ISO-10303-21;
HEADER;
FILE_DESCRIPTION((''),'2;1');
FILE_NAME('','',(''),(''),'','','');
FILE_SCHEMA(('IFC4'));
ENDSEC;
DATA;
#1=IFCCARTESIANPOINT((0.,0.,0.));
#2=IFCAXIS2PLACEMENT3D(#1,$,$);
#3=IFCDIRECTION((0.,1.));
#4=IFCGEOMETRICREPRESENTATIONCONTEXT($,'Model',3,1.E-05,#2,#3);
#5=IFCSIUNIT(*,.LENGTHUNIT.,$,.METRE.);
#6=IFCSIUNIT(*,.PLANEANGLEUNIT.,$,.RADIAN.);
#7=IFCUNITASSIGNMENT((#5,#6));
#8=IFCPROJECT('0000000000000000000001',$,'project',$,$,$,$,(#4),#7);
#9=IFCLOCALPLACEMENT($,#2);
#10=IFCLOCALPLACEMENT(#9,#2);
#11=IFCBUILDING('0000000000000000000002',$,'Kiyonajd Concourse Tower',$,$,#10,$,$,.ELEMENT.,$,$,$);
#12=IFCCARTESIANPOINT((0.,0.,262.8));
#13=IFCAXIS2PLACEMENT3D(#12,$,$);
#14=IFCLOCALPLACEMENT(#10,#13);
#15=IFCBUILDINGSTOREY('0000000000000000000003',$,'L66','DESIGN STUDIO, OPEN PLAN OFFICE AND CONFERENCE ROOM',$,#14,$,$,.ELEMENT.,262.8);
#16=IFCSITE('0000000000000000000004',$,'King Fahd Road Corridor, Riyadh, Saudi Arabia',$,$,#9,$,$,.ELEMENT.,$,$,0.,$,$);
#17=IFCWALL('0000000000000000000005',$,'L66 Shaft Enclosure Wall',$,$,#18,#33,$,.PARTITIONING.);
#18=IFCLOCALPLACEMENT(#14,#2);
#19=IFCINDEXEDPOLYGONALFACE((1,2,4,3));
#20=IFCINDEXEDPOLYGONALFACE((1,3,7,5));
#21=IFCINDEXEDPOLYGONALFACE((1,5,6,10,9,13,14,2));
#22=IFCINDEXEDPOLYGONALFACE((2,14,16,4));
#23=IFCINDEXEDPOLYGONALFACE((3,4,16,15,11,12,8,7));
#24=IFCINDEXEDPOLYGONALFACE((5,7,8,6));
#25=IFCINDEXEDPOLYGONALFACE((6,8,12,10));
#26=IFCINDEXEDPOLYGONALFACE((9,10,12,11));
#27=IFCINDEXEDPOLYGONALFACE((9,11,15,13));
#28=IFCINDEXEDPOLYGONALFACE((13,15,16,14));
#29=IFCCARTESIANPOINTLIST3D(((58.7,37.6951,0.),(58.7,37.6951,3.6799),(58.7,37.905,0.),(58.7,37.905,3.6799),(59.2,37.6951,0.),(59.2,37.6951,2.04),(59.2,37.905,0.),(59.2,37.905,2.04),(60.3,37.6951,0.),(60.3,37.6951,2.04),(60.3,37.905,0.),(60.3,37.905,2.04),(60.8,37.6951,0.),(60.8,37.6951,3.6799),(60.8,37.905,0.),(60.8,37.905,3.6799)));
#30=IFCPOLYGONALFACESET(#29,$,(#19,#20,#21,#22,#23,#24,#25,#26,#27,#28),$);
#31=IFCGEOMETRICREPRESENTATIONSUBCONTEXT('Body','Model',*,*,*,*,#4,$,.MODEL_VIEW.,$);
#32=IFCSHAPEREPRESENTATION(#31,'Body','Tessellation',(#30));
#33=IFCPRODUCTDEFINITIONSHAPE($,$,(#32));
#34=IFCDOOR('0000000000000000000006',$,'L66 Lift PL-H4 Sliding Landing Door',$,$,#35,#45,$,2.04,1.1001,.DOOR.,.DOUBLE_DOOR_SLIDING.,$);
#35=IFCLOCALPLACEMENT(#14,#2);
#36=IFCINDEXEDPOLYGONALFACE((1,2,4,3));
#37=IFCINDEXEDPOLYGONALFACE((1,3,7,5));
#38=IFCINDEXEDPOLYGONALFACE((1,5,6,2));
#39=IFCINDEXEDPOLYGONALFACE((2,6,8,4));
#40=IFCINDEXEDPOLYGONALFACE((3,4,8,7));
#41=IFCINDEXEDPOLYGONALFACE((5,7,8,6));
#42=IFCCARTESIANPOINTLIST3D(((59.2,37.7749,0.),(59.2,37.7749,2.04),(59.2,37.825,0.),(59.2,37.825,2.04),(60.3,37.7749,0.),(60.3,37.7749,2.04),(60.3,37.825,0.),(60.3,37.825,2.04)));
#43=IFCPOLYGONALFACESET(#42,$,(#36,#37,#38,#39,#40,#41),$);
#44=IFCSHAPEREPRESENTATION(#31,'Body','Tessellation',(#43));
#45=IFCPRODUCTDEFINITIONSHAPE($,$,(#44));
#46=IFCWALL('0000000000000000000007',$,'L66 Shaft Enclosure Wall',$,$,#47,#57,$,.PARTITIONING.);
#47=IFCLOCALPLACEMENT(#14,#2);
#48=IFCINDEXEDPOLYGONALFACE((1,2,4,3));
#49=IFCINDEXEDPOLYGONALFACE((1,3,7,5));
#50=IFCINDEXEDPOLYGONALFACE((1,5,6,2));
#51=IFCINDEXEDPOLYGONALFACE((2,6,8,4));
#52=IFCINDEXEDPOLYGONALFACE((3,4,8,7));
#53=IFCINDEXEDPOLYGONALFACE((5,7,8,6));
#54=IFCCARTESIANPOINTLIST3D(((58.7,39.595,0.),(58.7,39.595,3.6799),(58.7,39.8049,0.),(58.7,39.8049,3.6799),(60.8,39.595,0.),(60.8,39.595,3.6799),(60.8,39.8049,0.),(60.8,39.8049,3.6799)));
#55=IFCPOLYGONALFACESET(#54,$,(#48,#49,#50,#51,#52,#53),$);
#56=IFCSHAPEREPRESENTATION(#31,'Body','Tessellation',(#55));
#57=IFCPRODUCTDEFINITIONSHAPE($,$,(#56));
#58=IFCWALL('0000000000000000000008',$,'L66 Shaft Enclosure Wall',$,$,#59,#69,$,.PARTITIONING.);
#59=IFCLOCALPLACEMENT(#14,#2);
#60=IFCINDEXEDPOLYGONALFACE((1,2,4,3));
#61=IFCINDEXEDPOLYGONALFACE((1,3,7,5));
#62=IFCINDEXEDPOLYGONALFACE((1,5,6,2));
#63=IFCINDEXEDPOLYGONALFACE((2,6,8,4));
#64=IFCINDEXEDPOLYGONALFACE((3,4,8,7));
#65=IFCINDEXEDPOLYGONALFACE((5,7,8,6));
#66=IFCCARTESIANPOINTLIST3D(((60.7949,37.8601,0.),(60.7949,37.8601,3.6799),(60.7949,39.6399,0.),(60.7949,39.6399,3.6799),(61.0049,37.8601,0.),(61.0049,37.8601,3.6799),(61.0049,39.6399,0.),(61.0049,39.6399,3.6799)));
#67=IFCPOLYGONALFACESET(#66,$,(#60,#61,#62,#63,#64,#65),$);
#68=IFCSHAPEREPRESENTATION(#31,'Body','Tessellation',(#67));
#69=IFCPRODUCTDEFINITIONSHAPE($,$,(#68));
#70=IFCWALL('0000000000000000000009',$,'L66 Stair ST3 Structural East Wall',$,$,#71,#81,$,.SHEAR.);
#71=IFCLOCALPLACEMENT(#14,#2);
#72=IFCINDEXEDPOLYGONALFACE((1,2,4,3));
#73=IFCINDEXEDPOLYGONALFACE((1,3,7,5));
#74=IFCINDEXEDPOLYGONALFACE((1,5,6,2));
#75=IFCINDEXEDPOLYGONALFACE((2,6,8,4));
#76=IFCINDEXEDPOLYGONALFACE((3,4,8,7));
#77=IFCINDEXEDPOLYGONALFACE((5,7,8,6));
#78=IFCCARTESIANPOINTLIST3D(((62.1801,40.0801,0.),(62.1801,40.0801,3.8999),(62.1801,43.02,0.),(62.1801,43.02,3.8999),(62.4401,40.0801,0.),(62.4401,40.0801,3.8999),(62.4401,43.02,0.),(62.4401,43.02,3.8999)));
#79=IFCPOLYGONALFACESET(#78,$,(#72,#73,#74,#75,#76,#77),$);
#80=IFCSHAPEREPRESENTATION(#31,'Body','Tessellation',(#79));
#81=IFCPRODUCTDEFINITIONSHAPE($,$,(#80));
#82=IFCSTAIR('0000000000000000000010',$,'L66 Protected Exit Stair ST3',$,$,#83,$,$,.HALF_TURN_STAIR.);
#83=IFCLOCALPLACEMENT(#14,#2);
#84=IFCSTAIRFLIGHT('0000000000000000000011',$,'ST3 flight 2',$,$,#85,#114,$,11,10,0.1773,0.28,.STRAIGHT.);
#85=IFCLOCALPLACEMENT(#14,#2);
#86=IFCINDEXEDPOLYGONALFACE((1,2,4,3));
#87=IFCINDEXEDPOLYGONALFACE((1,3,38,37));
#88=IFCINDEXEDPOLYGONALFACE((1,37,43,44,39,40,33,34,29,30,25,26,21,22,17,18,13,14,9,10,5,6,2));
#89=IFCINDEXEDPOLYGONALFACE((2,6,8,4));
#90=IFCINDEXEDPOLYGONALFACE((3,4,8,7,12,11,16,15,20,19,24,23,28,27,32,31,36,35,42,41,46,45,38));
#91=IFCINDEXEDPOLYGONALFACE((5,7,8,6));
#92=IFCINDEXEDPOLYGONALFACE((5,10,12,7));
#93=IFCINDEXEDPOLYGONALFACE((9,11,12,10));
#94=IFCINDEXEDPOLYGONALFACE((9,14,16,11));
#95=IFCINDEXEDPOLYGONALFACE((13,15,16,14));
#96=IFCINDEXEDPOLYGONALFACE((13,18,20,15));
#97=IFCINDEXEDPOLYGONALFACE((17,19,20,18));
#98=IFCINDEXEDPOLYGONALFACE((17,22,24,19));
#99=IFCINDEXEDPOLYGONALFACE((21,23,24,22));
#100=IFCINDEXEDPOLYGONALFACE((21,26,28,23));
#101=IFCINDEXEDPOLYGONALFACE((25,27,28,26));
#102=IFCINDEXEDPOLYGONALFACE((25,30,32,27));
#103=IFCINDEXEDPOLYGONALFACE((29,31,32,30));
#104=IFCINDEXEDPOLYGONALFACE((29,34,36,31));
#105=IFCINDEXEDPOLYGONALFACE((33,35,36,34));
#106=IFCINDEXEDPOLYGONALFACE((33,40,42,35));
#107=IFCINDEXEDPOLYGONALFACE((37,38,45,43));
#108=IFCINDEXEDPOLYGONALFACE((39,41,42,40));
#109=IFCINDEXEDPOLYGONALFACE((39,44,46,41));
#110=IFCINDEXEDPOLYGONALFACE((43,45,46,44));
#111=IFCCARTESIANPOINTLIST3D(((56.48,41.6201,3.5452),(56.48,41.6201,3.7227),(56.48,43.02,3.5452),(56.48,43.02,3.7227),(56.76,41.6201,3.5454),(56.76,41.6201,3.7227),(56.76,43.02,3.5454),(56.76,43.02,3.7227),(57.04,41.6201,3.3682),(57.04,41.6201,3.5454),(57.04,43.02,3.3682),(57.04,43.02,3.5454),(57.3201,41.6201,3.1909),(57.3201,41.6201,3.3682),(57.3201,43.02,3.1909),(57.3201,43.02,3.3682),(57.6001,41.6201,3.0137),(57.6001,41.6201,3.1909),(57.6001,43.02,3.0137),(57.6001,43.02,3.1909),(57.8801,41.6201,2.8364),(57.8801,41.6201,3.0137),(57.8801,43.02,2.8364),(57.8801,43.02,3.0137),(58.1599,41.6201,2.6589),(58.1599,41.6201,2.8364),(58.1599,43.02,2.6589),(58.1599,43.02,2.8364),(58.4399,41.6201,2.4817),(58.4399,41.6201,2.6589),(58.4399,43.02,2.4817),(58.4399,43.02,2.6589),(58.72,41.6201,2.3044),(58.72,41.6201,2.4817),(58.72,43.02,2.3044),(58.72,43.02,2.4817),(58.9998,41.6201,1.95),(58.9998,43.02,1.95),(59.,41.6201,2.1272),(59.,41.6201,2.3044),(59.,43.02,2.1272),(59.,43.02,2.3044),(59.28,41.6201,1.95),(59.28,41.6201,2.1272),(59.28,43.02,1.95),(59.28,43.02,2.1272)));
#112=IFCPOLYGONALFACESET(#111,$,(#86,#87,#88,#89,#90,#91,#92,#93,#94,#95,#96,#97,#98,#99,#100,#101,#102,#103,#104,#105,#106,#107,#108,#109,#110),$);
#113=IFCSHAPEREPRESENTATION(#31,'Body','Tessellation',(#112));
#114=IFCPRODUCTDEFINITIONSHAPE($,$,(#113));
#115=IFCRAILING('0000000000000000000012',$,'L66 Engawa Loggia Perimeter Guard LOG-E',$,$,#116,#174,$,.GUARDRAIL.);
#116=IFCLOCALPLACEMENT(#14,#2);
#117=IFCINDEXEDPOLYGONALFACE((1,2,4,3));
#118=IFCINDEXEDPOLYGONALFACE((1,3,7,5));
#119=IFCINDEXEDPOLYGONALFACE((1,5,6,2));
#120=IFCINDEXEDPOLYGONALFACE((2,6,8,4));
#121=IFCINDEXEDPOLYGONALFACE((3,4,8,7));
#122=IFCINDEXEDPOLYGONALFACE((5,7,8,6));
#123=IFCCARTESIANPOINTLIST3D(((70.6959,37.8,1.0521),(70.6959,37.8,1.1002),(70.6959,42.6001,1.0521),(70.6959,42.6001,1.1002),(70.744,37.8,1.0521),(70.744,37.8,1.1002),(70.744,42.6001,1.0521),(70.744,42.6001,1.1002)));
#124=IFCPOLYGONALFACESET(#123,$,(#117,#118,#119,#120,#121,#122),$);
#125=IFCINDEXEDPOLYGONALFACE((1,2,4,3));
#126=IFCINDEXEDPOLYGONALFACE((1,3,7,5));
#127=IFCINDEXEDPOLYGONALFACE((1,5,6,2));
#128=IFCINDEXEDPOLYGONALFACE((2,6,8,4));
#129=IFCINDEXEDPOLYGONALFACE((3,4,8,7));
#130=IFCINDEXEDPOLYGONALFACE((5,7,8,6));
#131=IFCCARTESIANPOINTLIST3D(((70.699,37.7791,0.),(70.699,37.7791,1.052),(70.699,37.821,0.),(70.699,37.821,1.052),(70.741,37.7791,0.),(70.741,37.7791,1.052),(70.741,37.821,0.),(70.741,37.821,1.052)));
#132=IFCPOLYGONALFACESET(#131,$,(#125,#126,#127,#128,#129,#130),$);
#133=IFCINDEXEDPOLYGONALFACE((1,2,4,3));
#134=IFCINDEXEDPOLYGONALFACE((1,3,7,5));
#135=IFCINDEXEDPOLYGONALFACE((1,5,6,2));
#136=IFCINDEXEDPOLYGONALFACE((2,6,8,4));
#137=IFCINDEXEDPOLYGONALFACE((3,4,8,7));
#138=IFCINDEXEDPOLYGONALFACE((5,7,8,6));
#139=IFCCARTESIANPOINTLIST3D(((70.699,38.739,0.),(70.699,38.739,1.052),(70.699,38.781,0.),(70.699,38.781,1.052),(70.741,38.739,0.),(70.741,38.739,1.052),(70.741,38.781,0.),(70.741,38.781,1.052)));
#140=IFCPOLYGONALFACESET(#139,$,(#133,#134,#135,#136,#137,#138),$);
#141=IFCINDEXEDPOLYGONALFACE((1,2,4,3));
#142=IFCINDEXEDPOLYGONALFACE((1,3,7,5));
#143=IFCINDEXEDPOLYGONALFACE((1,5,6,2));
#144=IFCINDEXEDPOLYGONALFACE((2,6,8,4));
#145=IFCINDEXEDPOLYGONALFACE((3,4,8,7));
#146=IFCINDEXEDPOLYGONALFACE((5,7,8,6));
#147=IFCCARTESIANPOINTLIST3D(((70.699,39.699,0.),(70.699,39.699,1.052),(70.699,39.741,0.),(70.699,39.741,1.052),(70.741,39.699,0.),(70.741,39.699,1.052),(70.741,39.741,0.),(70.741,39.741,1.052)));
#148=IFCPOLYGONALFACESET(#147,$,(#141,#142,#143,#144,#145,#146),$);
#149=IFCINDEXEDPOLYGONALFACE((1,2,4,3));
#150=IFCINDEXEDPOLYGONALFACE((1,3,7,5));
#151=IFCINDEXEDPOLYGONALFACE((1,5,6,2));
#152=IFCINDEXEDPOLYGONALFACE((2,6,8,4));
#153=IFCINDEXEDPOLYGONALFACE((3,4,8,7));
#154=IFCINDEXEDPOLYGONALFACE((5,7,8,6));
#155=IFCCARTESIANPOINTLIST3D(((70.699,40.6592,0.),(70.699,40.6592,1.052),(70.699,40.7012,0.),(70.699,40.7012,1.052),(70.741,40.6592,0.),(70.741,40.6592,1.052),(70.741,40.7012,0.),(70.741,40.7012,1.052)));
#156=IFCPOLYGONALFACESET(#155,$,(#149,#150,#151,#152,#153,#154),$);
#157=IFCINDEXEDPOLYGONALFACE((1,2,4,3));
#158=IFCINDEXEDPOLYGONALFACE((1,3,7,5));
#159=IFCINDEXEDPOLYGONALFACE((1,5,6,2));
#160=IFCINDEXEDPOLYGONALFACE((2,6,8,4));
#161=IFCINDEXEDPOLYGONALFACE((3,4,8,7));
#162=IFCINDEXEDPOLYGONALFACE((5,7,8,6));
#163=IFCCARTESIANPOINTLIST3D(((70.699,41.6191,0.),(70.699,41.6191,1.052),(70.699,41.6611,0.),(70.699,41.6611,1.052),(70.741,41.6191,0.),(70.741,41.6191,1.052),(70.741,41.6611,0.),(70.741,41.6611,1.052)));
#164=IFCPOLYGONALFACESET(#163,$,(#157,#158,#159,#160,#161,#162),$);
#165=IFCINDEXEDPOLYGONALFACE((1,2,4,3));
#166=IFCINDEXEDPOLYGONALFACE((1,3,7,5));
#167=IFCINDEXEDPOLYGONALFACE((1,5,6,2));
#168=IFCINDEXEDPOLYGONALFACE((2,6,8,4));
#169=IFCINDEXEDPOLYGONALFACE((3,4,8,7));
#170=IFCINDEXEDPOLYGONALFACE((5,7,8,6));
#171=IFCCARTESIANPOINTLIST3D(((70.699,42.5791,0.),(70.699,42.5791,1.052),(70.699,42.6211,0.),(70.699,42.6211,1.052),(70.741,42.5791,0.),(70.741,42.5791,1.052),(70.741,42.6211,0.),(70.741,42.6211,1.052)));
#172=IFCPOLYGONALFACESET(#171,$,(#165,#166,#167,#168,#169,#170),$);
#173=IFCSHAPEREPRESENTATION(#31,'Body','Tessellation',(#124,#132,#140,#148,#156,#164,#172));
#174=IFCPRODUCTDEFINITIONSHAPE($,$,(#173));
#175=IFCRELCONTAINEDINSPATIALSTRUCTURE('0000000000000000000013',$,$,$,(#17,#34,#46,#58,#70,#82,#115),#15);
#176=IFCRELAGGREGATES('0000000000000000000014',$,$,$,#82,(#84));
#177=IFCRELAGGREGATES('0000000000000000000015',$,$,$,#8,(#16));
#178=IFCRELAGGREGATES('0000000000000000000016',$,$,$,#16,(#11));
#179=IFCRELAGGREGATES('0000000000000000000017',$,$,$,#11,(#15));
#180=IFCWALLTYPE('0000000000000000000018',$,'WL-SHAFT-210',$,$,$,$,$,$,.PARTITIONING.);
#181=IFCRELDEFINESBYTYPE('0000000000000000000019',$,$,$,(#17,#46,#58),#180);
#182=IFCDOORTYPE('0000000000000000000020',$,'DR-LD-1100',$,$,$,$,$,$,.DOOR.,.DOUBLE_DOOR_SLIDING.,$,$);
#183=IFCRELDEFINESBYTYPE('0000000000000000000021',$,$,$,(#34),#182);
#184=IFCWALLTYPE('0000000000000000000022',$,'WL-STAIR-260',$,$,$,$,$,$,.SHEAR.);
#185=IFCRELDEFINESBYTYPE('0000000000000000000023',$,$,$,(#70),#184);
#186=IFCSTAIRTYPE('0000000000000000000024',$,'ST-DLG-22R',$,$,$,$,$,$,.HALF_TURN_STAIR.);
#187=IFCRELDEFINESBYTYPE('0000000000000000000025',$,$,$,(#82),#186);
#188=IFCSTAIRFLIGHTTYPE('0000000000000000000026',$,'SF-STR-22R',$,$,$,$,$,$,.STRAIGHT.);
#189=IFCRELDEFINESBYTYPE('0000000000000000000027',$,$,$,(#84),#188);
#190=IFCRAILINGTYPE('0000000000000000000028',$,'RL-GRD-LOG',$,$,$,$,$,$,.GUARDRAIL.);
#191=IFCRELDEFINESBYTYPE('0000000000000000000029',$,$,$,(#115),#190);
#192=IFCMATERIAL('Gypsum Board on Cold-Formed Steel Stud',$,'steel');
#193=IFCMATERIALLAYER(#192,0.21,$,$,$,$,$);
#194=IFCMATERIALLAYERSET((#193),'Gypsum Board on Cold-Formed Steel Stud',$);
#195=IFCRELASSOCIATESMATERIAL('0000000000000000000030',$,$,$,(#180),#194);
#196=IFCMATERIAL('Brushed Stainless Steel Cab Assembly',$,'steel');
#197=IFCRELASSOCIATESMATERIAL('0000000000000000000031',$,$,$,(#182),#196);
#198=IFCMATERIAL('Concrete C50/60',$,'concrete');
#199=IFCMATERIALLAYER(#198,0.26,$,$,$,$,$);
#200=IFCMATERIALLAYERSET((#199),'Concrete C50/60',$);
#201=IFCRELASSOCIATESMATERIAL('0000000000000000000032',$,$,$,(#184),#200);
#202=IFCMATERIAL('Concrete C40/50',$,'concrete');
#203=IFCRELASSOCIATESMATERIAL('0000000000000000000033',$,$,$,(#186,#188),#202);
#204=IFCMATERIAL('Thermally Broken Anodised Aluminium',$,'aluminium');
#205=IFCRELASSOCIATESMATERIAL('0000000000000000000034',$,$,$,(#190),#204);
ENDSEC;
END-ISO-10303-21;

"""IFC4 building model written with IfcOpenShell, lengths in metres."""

from ifc_helpers import new_model, si_unit, direction, frame, frame_2d, origin, origin_2d, place, context, subcontext, project, spatial, polyline, rectangle, outline, extrude, material, layer, layer_set, type_object, element, fill, aggregate, save


model = new_model("IFC4")

# Units and contexts
model_context = context("Model", 3, precision=1e-05, world=origin(), true_north=direction((0.0, 1.0)))
body_context = subcontext(model_context, "Body", "Model", "MODEL_VIEW")
ifc_project = project(units=[si_unit("LENGTHUNIT", "METRE"), si_unit("PLANEANGLEUNIT", "RADIAN")], contexts=[model_context])

# Site, building, storey
site_placement = place(None, origin())
site = spatial("IfcSite", under=ifc_project, at=site_placement, Name="King Fahd Road Corridor, Riyadh, Saudi Arabia", CompositionType="ELEMENT", RefElevation=0.0)
building_placement = place(site_placement, origin())
building = spatial("IfcBuilding", under=site, at=building_placement, Name="Kiyonajd Concourse Tower", CompositionType="ELEMENT")
storey_placement = place(building_placement, frame((0.0, 0.0, 262.8)))
storey = spatial("IfcBuildingStorey", under=building, at=storey_placement, Name="L66", Description="DESIGN STUDIO, OPEN PLAN OFFICE AND CONFERENCE ROOM", CompositionType="ELEMENT", Elevation=262.8)

# Shared definitions
ifc_material_1 = material(Name="Thermally Broken Anodised Aluminium", Category="aluminium")

# Shared definitions
ifc_material_2 = material(Name="Gypsum Board on Cold-Formed Steel Stud", Category="steel")
ifc_layer_1 = layer(ifc_material_2, 0.21)
ifc_layer_set_1 = layer_set([ifc_layer_1], Name="Gypsum Board on Cold-Formed Steel Stud")
wall_type_1 = type_object("IfcWallType", Name="WL-SHAFT-210", PredefinedType="PARTITIONING", material=ifc_layer_set_1)

# Wall, opening, door
wall_1_placement = place(storey_placement, frame((58.7, 37.8, 0.0), z_axis=(0.0, 0.0, 1.0), x_axis=(1.0, 0.0, 0.0)))
wall_1 = element("IfcWall", 1, at=wall_1_placement, inside=storey, type_object=wall_type_1, Name="L66 Shaft Enclosure Wall", PredefinedType="PARTITIONING", context=body_context, shape_type="SweptSolid", body=[
    extrude(rectangle(XDim=2.1001, YDim=0.21, at=frame_2d((1.05, 0.0))), origin(), (0.0, 0.0, 1.0), 3.6799),
])
opening_1_placement = place(wall_1_placement, frame((0.5, 0.0, 0.0)))
opening_1 = element("IfcOpeningElement", 2, at=opening_1_placement, cuts=wall_1, PredefinedType="OPENING", context=body_context, shape_type="SweptSolid", body=[
    extrude(rectangle(XDim=1.1001, YDim=2.04, at=frame_2d((0.55, 1.02))), frame((0.0, 0.115, 0.0), z_axis=(0.0, -1.0, 0.0), x_axis=(1.0, 0.0, 0.0)), (0.0, 0.0, 1.0), 0.23),
])
ifc_material_3 = material(Name="Brushed Stainless Steel Cab Assembly", Category="steel")
door_type_1 = type_object("IfcDoorType", Name="DR-LD-1100", OperationType="DOUBLE_DOOR_SLIDING", PredefinedType="DOOR", material=ifc_material_3)
door_1_placement = place(opening_1_placement, origin())
door_1 = element("IfcDoor", 3, at=door_1_placement, inside=storey, type_object=door_type_1, Name="L66 Lift PL-H4 Sliding Landing Door", OperationType="DOUBLE_DOOR_SLIDING", OverallHeight=2.04, OverallWidth=1.1001, PredefinedType="DOOR", context=body_context, shape_type="SweptSolid", body=[
    extrude(rectangle(XDim=1.1001, YDim=2.04, at=frame_2d((0.55, 1.02))), frame((0.0, 0.0249, 0.0), z_axis=(0.0, -1.0, 0.0), x_axis=(1.0, 0.0, 0.0)), (0.0, 0.0, 1.0), 0.05),
])
fill(opening_1, door_1)

# Walls
wall_2_placement = place(storey_placement, frame((58.7, 39.7, 0.0), z_axis=(0.0, 0.0, 1.0), x_axis=(1.0, 0.0, 0.0)))
element("IfcWall", 4, at=wall_2_placement, inside=storey, type_object=wall_type_1, Name="L66 Shaft Enclosure Wall", PredefinedType="PARTITIONING", context=body_context, shape_type="SweptSolid", body=[
    extrude(rectangle(XDim=2.1001, YDim=0.21, at=frame_2d((1.05, 0.0))), origin(), (0.0, 0.0, 1.0), 3.6799),
])
wall_3_placement = place(storey_placement, frame((60.8999, 37.8601, 0.0), z_axis=(0.0, 0.0, 1.0), x_axis=(0.0, 1.0, 0.0)))
element("IfcWall", 5, at=wall_3_placement, inside=storey, type_object=wall_type_1, Name="L66 Shaft Enclosure Wall", PredefinedType="PARTITIONING", context=body_context, shape_type="SweptSolid", body=[
    extrude(rectangle(XDim=1.7798, YDim=0.21, at=frame_2d((0.8899, 0.0))), origin(), (0.0, 0.0, 1.0), 3.6799),
])
ifc_material_4 = material(Name="Concrete C50/60", Category="concrete")
ifc_layer_2 = layer(ifc_material_4, 0.26)
ifc_layer_set_2 = layer_set([ifc_layer_2], Name="Concrete C50/60")
wall_type_2 = type_object("IfcWallType", Name="WL-STAIR-260", PredefinedType="SHEAR", material=ifc_layer_set_2)
wall_4_placement = place(storey_placement, frame((62.3101, 40.0801, 0.0), z_axis=(0.0, 0.0, 1.0), x_axis=(0.0, 1.0, 0.0)))
element("IfcWall", 6, at=wall_4_placement, inside=storey, type_object=wall_type_2, Name="L66 Stair ST3 Structural East Wall", PredefinedType="SHEAR", context=body_context, shape_type="SweptSolid", body=[
    extrude(rectangle(XDim=2.9399, YDim=0.26, at=frame_2d((1.47, 0.0))), origin(), (0.0, 0.0, 1.0), 3.8999),
])

# Stair, stair flight
ifc_material_5 = material(Name="Concrete C40/50", Category="concrete")
stair_type = type_object("IfcStairType", Name="ST-DLG-22R", PredefinedType="HALF_TURN_STAIR", material=ifc_material_5)
stair_placement = place(storey_placement, origin())
stair = element("IfcStair", 7, at=stair_placement, inside=storey, type_object=stair_type, Name="L66 Protected Exit Stair ST3", PredefinedType="HALF_TURN_STAIR")
stair_flight_type = type_object("IfcStairFlightType", Name="SF-STR-22R", PredefinedType="STRAIGHT", material=ifc_material_5)
stair_flight_placement = place(storey_placement, frame((59.28, 42.3201, 1.95), z_axis=(0.0, 0.0, 1.0), x_axis=(-1.0, 0.0, 0.0)))
stair_flight = element("IfcStairFlight", 8, at=stair_flight_placement, type_object=stair_flight_type, Name="ST3 flight 2", NumberOfRisers=11, NumberOfTreads=10, PredefinedType="STRAIGHT", RiserHeight=0.1773, TreadLength=0.28, context=body_context, shape_type="SweptSolid", body=[
    extrude(outline(polyline([(0.0, 0.0), (0.0, 0.1772), (0.28, 0.1772), (0.28, 0.3545), (0.5601, 0.3545), (0.5601, 0.5317), (0.8401, 0.5317), (0.8401, 0.709), (1.1201, 0.709), (1.1201, 0.8865), (1.3999, 0.8865), (1.3999, 1.0637), (1.6799, 1.0637), (1.6799, 1.241), (1.96, 1.241), (1.96, 1.4182), (2.24, 1.4182), (2.24, 1.5955), (2.52, 1.5955), (2.52, 1.7727), (2.8, 1.7727), (2.8, 1.95), (2.8, 1.5952), (0.2803, 0.0), (0.0, 0.0)])), frame((0.0, 0.7, 0.0), z_axis=(0.0, -1.0, 0.0), x_axis=(1.0, 0.0, 0.0)), (0.0, 0.0, 1.0), 1.3999),
])
aggregate(stair, [stair_flight])

# Railing
railing_type_1 = type_object("IfcRailingType", Name="RL-GRD-LOG", PredefinedType="GUARDRAIL", material=ifc_material_1)
railing_1_placement = place(storey_placement, frame((70.72, 37.8, 0.0)))
element("IfcRailing", 9, at=railing_1_placement, inside=storey, type_object=railing_type_1, Name="L66 Engawa Loggia Perimeter Guard LOG-E", PredefinedType="GUARDRAIL", context=body_context, shape_type="SweptSolid", body=[
    extrude(rectangle(XDim=0.0481, YDim=0.0481, at=origin_2d()), frame((0.0, 0.0, 1.0762), z_axis=(0.0, 1.0, 0.0), x_axis=(-1.0, 0.0, 0.0)), (0.0, 0.0, 1.0), 4.8),
    extrude(rectangle(XDim=0.042, YDim=0.042, at=origin_2d()), origin(), (0.0, 0.0, 1.0), 1.052),
    extrude(rectangle(XDim=0.042, YDim=0.042, at=origin_2d()), frame((0.0, 0.96, 0.0)), (0.0, 0.0, 1.0), 1.052),
    extrude(rectangle(XDim=0.042, YDim=0.042, at=origin_2d()), frame((0.0, 1.9199, 0.0)), (0.0, 0.0, 1.0), 1.052),
    extrude(rectangle(XDim=0.042, YDim=0.042, at=origin_2d()), frame((0.0, 2.8801, 0.0)), (0.0, 0.0, 1.0), 1.052),
    extrude(rectangle(XDim=0.042, YDim=0.042, at=origin_2d()), frame((0.0, 3.8401, 0.0)), (0.0, 0.0, 1.0), 1.052),
    extrude(rectangle(XDim=0.042, YDim=0.042, at=origin_2d()), frame((0.0, 4.8, 0.0)), (0.0, 0.0, 1.0), 1.052),
])

save(model, "model.ifc")
